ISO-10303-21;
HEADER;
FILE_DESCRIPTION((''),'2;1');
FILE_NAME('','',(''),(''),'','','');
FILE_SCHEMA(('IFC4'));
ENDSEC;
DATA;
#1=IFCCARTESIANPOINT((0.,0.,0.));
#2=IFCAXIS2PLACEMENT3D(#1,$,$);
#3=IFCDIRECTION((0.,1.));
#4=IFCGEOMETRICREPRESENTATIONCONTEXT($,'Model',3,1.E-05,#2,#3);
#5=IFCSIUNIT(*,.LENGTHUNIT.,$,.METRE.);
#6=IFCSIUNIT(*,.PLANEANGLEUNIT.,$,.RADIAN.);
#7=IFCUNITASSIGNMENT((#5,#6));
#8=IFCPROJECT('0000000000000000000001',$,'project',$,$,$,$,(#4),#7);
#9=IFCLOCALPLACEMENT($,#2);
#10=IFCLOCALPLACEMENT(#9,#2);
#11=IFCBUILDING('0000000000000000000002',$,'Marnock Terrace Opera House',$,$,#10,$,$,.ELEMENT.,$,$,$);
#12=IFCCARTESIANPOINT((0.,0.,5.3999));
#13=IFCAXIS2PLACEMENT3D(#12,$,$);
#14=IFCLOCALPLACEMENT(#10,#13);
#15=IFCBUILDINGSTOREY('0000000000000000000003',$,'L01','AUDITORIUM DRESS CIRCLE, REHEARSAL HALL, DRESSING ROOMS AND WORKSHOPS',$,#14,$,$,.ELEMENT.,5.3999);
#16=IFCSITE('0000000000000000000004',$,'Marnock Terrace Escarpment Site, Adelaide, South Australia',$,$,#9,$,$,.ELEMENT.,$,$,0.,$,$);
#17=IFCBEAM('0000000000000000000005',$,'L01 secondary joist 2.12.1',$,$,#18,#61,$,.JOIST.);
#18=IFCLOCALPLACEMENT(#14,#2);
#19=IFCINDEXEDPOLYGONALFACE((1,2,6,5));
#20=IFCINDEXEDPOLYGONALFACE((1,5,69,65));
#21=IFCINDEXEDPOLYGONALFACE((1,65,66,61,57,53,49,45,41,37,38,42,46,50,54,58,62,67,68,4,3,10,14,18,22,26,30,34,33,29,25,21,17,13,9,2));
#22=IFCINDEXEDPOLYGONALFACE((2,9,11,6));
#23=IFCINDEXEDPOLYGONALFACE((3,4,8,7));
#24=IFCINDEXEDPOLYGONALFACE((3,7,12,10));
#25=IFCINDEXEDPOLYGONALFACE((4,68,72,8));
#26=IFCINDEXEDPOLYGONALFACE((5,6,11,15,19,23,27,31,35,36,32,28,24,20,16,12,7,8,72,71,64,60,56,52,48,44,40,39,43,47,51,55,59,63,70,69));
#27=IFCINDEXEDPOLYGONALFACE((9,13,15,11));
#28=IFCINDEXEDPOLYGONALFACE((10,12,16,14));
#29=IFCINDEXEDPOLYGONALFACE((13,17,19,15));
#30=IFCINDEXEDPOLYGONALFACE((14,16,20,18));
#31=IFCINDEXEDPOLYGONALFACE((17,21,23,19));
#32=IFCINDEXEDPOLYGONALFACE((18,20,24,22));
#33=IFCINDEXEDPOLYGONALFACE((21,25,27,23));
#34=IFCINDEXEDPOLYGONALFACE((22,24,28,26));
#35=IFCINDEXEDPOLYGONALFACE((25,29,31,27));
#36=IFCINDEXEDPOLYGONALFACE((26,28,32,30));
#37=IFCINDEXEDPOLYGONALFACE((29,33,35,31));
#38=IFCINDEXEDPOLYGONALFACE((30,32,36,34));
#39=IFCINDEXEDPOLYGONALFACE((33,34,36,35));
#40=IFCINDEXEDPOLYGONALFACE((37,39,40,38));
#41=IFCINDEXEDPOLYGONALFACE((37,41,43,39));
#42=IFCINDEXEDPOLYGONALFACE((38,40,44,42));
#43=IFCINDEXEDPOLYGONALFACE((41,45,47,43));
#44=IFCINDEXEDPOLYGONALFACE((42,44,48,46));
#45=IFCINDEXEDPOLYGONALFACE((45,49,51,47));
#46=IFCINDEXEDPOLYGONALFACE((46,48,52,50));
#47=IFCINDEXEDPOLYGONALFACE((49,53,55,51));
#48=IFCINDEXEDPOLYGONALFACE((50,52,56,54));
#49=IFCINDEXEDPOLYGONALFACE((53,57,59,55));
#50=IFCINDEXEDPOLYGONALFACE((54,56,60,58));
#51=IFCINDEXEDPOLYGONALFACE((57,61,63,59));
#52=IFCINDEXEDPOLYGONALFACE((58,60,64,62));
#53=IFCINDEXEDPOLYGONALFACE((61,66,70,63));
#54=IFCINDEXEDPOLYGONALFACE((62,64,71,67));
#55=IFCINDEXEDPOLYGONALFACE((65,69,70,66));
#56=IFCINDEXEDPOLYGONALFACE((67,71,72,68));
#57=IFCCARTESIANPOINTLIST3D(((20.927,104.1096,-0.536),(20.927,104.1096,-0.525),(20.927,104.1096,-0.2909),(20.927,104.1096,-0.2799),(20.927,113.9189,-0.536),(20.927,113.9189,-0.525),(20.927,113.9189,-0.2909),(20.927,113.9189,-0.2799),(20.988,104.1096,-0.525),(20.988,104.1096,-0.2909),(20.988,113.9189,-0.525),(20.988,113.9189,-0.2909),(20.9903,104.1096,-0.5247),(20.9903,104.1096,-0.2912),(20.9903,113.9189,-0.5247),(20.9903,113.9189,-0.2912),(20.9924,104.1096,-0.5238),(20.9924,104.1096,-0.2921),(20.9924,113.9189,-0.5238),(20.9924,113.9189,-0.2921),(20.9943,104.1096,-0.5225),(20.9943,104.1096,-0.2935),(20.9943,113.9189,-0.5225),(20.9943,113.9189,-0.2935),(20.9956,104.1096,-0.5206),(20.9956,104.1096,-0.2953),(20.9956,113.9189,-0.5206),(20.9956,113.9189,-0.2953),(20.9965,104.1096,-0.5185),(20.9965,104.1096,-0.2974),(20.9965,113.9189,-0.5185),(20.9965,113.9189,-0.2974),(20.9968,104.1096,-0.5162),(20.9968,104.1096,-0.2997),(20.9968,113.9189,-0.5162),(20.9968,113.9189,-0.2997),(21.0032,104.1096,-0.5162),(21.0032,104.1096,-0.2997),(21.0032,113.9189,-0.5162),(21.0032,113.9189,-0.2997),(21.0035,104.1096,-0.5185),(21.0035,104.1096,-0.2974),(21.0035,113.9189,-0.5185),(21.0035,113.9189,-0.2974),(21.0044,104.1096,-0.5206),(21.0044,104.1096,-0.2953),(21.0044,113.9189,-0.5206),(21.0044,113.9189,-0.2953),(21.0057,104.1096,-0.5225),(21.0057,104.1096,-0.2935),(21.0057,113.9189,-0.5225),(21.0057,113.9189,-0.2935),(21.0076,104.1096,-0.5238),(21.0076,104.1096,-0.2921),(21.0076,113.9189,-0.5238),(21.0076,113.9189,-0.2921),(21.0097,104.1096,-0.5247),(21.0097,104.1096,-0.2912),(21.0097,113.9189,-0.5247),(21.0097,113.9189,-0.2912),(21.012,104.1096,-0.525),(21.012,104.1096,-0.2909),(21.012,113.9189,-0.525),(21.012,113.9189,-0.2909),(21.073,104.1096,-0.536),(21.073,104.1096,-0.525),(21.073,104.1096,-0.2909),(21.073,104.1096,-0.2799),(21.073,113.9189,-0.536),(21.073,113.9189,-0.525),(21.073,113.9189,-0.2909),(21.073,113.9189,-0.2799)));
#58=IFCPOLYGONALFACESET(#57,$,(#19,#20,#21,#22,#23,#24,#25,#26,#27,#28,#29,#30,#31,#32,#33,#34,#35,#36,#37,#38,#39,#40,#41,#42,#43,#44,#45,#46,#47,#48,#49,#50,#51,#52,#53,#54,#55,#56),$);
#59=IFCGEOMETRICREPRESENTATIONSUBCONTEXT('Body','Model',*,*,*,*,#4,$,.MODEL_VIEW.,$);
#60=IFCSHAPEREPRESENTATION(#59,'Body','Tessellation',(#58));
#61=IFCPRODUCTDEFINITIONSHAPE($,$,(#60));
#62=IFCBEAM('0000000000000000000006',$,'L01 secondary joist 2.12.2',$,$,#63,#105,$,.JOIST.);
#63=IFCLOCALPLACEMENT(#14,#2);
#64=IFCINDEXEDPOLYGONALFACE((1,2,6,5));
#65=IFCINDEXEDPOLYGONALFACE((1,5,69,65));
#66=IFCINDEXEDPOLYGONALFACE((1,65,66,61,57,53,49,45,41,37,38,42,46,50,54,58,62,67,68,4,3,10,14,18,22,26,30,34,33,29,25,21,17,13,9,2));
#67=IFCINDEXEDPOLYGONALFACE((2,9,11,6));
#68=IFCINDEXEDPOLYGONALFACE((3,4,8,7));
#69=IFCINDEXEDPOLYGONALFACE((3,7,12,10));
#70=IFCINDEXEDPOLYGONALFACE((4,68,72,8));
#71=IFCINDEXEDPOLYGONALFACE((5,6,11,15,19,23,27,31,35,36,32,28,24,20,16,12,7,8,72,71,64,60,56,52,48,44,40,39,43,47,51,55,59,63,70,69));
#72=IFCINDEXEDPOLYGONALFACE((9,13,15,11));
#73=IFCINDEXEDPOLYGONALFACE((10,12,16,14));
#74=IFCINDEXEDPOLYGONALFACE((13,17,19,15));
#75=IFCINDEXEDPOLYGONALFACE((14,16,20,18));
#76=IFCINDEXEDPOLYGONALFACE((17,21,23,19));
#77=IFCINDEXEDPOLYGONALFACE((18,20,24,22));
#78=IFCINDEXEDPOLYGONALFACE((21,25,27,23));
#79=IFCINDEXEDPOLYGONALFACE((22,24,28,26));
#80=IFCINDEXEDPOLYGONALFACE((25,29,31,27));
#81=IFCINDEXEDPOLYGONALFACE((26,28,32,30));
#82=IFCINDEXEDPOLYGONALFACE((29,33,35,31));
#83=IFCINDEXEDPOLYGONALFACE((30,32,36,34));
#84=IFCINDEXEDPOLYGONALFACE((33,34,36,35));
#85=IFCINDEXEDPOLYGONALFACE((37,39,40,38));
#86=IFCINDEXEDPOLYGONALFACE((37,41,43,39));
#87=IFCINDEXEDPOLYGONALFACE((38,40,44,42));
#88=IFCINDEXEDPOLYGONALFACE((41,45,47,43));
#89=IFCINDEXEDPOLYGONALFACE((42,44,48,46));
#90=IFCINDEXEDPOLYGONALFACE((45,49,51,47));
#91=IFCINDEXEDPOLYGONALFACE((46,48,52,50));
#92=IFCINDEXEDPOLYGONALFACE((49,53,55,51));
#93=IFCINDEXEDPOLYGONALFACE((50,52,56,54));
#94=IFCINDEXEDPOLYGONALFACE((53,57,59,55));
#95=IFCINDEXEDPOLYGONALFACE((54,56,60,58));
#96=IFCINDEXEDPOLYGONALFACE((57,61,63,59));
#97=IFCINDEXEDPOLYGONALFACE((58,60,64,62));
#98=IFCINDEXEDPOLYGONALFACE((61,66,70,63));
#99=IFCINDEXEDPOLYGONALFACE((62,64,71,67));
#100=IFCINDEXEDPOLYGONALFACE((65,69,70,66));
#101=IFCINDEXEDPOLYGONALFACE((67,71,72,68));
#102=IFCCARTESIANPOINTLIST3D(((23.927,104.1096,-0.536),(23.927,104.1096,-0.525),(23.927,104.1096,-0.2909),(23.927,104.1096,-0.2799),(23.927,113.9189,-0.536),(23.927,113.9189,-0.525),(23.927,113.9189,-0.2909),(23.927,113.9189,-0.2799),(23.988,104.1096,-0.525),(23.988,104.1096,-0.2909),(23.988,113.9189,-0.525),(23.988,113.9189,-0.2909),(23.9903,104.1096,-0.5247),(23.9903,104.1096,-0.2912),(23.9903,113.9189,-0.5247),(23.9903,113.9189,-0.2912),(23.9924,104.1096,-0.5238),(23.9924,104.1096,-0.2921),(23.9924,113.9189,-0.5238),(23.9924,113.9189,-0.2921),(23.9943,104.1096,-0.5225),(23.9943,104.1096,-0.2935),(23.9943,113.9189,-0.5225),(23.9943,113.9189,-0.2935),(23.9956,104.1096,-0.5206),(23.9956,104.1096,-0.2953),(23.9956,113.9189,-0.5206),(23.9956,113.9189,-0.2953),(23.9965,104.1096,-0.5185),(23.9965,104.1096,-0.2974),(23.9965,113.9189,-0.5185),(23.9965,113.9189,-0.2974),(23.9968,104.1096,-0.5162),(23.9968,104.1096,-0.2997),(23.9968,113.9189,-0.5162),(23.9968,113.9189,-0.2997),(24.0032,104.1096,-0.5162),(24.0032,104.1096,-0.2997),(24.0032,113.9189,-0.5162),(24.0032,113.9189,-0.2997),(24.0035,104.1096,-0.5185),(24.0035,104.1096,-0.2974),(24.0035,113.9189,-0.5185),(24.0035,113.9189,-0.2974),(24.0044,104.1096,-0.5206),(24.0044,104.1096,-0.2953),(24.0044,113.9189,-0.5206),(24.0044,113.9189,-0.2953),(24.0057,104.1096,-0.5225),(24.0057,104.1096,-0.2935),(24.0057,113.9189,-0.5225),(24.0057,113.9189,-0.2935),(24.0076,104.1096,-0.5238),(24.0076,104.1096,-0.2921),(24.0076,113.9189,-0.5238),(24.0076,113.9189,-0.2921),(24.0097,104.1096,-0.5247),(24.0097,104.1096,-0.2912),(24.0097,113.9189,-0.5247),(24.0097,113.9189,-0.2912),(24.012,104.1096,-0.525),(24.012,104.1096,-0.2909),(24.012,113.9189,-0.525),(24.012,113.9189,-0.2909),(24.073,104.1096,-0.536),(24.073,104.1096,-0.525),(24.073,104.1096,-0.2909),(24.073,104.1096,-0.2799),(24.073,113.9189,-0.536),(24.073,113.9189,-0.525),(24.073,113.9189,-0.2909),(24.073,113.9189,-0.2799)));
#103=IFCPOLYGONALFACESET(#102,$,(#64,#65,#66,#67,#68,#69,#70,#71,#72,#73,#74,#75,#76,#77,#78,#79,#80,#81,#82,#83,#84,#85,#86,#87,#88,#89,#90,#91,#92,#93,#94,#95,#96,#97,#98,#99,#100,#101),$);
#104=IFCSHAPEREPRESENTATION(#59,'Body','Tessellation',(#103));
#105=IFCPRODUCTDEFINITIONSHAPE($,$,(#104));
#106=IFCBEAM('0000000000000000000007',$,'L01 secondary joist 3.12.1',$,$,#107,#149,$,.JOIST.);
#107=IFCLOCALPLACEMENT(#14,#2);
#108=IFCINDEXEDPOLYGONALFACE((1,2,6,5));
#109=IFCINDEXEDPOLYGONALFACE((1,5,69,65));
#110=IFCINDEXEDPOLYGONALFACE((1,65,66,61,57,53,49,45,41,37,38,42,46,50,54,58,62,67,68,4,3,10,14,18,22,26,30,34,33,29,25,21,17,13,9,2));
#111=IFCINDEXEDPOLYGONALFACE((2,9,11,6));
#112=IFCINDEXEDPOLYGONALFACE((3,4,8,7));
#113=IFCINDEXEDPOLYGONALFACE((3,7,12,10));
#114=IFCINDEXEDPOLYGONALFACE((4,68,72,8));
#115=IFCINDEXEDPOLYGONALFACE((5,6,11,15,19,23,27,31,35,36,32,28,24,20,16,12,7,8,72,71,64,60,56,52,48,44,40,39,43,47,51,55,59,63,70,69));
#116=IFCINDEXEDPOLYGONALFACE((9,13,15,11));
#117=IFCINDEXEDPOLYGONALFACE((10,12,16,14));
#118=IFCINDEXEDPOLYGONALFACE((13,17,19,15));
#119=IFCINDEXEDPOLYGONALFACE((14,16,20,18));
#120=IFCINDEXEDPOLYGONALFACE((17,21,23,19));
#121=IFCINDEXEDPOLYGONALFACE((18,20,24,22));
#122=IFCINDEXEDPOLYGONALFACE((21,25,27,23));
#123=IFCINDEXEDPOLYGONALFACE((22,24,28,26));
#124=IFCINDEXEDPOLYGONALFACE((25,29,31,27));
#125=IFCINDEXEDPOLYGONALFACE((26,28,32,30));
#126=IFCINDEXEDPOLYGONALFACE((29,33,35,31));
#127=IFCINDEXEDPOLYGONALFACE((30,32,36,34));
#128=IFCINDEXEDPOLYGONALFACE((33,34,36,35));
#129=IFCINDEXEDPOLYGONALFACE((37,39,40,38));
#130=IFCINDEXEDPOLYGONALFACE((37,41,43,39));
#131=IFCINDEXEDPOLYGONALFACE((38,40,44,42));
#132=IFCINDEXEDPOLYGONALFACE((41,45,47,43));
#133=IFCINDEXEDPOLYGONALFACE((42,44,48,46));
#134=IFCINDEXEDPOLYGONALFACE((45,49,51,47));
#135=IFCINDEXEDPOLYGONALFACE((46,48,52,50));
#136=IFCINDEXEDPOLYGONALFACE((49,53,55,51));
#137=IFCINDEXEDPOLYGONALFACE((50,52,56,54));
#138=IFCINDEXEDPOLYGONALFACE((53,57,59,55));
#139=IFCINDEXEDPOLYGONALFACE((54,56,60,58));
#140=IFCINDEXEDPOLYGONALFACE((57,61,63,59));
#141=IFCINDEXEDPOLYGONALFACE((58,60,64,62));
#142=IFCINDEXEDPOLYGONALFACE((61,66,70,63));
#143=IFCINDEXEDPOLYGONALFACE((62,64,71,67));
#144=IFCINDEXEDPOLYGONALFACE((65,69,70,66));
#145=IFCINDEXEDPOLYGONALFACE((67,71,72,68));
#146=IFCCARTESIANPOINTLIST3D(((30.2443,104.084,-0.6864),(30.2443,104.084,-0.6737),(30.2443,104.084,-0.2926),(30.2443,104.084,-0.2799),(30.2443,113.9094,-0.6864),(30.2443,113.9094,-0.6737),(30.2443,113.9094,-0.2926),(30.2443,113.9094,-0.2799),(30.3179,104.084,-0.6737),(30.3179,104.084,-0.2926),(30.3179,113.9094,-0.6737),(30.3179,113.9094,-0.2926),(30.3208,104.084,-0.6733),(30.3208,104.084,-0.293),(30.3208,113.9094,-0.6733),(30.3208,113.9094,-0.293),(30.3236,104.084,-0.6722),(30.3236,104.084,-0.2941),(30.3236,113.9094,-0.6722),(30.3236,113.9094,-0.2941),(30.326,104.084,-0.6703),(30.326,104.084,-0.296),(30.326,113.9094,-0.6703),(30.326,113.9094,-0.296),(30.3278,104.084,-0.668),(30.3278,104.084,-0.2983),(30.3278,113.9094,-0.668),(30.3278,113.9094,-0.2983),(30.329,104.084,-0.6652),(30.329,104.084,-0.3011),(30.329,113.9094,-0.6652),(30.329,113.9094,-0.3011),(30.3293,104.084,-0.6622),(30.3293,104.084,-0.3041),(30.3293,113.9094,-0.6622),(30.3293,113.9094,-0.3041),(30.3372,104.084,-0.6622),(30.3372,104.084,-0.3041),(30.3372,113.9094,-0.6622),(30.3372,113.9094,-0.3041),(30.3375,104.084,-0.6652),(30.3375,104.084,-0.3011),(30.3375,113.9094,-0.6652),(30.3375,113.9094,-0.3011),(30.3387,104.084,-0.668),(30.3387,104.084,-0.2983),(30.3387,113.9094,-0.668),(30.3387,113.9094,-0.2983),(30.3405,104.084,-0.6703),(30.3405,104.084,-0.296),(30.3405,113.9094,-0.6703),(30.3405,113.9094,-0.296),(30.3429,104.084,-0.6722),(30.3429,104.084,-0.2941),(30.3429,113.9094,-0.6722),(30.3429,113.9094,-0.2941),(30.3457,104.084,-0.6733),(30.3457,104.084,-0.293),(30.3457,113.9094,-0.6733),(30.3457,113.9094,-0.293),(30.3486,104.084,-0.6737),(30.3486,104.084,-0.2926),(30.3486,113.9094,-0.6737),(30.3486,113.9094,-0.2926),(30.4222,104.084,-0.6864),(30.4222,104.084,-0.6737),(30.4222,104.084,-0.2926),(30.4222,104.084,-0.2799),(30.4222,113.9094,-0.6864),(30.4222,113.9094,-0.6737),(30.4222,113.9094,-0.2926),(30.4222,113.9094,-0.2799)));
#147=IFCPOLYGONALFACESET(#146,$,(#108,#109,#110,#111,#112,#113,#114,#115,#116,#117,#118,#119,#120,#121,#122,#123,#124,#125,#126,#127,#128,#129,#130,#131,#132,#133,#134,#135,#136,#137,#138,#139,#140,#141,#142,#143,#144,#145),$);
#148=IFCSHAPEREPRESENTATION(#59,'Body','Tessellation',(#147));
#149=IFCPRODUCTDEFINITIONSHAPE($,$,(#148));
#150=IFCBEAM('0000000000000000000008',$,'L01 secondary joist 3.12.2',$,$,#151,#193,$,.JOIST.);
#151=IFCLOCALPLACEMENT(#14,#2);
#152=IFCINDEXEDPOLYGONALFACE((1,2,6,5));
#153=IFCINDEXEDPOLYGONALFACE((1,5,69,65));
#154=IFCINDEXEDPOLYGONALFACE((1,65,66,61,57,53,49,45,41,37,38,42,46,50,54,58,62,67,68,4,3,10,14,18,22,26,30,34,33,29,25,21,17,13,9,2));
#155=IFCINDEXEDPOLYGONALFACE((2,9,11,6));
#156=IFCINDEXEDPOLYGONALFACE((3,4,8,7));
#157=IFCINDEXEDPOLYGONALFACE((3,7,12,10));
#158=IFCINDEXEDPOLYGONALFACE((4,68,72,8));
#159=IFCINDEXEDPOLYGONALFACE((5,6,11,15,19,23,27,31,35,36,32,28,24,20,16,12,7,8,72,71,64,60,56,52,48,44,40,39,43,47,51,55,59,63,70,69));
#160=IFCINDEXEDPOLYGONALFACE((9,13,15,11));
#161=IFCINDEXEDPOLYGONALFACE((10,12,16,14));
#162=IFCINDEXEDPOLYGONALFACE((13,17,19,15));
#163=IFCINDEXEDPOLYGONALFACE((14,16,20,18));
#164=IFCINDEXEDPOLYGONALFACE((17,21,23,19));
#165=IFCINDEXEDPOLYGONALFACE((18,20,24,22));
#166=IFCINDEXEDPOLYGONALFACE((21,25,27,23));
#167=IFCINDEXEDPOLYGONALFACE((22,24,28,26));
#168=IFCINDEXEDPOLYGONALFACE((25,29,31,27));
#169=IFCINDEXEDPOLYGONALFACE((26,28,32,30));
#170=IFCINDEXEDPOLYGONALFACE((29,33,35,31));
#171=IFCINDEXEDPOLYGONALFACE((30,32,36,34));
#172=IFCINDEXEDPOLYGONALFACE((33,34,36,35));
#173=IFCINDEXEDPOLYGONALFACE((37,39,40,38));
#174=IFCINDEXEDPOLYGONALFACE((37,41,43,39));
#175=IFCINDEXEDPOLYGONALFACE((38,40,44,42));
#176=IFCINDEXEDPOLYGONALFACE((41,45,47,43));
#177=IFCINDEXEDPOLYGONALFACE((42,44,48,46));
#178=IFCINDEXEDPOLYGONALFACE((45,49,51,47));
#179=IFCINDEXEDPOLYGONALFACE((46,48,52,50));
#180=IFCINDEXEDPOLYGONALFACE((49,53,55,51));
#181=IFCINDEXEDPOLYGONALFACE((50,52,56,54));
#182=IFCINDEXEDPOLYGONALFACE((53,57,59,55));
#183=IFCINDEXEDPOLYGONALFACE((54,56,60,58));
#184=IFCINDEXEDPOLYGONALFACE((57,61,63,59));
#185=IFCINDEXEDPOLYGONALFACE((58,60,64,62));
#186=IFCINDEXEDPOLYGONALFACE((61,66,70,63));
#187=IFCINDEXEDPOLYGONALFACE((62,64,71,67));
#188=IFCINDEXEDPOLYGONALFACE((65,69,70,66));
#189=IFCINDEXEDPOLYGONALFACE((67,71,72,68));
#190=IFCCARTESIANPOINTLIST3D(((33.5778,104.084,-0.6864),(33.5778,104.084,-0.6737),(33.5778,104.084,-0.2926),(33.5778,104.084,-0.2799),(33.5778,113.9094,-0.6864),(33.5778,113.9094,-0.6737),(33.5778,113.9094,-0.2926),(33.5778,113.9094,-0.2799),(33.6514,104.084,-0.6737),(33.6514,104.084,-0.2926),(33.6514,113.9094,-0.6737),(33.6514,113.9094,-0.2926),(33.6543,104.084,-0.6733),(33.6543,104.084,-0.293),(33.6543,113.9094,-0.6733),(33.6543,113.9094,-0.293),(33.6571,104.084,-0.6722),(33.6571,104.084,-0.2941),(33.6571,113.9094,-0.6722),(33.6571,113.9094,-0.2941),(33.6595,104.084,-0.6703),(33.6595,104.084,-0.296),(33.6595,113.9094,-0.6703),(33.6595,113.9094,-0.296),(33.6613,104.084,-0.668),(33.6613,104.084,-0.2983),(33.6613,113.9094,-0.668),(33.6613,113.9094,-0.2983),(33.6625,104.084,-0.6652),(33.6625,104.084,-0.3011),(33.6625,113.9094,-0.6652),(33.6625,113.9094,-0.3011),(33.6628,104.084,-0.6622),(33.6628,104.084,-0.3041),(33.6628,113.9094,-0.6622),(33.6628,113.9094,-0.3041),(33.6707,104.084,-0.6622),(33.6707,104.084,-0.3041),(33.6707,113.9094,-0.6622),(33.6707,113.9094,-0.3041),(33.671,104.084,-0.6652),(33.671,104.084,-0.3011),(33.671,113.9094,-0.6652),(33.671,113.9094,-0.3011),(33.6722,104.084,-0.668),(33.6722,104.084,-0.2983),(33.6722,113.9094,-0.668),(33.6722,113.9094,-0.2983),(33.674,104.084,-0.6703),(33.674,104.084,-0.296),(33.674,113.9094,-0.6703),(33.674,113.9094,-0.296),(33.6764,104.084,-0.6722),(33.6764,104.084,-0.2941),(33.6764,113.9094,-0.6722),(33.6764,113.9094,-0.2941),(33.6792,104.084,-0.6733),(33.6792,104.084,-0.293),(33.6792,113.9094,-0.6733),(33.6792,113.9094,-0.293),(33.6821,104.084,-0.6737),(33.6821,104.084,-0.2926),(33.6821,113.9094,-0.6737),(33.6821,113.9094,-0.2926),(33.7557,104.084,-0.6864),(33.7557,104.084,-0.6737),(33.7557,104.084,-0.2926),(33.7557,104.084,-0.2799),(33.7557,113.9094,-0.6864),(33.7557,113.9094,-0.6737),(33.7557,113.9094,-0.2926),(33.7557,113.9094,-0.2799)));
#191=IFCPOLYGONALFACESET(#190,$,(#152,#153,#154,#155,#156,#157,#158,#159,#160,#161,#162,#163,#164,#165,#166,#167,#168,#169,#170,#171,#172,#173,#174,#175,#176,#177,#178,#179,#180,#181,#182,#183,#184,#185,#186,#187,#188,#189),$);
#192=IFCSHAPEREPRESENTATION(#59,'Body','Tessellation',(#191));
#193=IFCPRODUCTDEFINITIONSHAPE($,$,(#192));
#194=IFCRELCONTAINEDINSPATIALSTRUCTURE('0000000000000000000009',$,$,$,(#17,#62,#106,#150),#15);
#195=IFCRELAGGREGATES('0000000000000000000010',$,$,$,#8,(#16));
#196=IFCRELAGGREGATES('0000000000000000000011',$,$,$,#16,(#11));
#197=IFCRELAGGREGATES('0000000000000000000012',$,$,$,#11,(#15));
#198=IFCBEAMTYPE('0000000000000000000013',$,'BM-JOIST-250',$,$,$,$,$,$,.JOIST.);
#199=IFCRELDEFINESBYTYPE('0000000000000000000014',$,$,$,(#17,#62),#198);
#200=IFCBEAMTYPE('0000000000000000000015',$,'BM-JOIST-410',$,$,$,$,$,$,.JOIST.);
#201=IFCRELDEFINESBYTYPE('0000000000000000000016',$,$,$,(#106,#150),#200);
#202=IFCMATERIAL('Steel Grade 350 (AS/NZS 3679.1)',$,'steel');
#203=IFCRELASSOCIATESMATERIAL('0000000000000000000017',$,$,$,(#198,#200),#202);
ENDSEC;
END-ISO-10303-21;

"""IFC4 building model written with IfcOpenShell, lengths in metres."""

from ifc_helpers import new_model, si_unit, direction, frame, origin, origin_2d, place, context, subcontext, project, spatial, i_section, extrude, material, material_profile, profile_set, type_object, element, save


model = new_model("IFC4")

# Units and contexts
model_context = context("Model", 3, precision=1e-05, world=origin(), true_north=direction((0.0, 1.0)))
body_context = subcontext(model_context, "Body", "Model", "MODEL_VIEW")
ifc_project = project(units=[si_unit("LENGTHUNIT", "METRE"), si_unit("PLANEANGLEUNIT", "RADIAN")], contexts=[model_context])

# Site, building, storey
site_placement = place(None, origin())
site = spatial("IfcSite", under=ifc_project, at=site_placement, Name="Marnock Terrace Escarpment Site, Adelaide, South Australia", CompositionType="ELEMENT", RefElevation=0.0)
building_placement = place(site_placement, origin())
building = spatial("IfcBuilding", under=site, at=building_placement, Name="Marnock Terrace Opera House", CompositionType="ELEMENT")
storey_placement = place(building_placement, frame((0.0, 0.0, 5.3999)))
storey = spatial("IfcBuildingStorey", under=building, at=storey_placement, Name="L01", Description="AUDITORIUM DRESS CIRCLE, REHEARSAL HALL, DRESSING ROOMS AND WORKSHOPS", CompositionType="ELEMENT", Elevation=5.3999)

# Beams
ifc_material_1 = material(Name="Steel Grade 350 (AS/NZS 3679.1)", Category="steel")
ifc_material_profile_1 = material_profile(ifc_material_1, i_section(OverallWidth=0.146, OverallDepth=0.2561, WebThickness=0.0063, FlangeThickness=0.011, FilletRadius=0.0088, at=origin_2d()))
ifc_profile_set_1 = profile_set([ifc_material_profile_1], Name="Steel Grade 350 (AS/NZS 3679.1)")
beam_type_1 = type_object("IfcBeamType", Name="BM-JOIST-250", PredefinedType="JOIST", material=ifc_profile_set_1)
for number, where, z_axis, x_axis, name in (
    (1, (21.0, 104.1096, -0.408), (0.0, 1.0, 0.0), (-1.0, 0.0, 0.0), "L01 secondary joist 2.12.1"),
    (2, (24.0, 104.1096, -0.408), (0.0, 1.0, 0.0), (-1.0, 0.0, 0.0), "L01 secondary joist 2.12.2"),
):
    element("IfcBeam", number, at=place(storey_placement, frame(where, z_axis=z_axis, x_axis=x_axis)), inside=storey, type_object=beam_type_1, Name=name, PredefinedType="JOIST", context=body_context, shape_type="SweptSolid", body=[
        extrude(i_section(OverallWidth=0.146, OverallDepth=0.2561, WebThickness=0.0063, FlangeThickness=0.011, FilletRadius=0.0088, at=origin_2d()), origin(), (0.0, 0.0, 1.0), 9.8093),
    ])
ifc_material_profile_2 = material_profile(ifc_material_1, i_section(OverallWidth=0.178, OverallDepth=0.4065, WebThickness=0.0078, FlangeThickness=0.0127, FilletRadius=0.0115, at=origin_2d()))
ifc_profile_set_2 = profile_set([ifc_material_profile_2], Name="Steel Grade 350 (AS/NZS 3679.1)")
beam_type_2 = type_object("IfcBeamType", Name="BM-JOIST-410", PredefinedType="JOIST", material=ifc_profile_set_2)
for number, where, z_axis, x_axis, name in (
    (3, (30.3333, 104.084, -0.4832), (0.0, 1.0, 0.0), (-1.0, 0.0, 0.0), "L01 secondary joist 3.12.1"),
    (4, (33.6667, 104.084, -0.4832), (0.0, 1.0, 0.0), (-1.0, 0.0, 0.0), "L01 secondary joist 3.12.2"),
):
    element("IfcBeam", number, at=place(storey_placement, frame(where, z_axis=z_axis, x_axis=x_axis)), inside=storey, type_object=beam_type_2, Name=name, PredefinedType="JOIST", context=body_context, shape_type="SweptSolid", body=[
        extrude(i_section(OverallWidth=0.178, OverallDepth=0.4065, WebThickness=0.0078, FlangeThickness=0.0127, FilletRadius=0.0115, at=origin_2d()), origin(), (0.0, 0.0, 1.0), 9.8254),
    ])

save(model, "model.ifc")
